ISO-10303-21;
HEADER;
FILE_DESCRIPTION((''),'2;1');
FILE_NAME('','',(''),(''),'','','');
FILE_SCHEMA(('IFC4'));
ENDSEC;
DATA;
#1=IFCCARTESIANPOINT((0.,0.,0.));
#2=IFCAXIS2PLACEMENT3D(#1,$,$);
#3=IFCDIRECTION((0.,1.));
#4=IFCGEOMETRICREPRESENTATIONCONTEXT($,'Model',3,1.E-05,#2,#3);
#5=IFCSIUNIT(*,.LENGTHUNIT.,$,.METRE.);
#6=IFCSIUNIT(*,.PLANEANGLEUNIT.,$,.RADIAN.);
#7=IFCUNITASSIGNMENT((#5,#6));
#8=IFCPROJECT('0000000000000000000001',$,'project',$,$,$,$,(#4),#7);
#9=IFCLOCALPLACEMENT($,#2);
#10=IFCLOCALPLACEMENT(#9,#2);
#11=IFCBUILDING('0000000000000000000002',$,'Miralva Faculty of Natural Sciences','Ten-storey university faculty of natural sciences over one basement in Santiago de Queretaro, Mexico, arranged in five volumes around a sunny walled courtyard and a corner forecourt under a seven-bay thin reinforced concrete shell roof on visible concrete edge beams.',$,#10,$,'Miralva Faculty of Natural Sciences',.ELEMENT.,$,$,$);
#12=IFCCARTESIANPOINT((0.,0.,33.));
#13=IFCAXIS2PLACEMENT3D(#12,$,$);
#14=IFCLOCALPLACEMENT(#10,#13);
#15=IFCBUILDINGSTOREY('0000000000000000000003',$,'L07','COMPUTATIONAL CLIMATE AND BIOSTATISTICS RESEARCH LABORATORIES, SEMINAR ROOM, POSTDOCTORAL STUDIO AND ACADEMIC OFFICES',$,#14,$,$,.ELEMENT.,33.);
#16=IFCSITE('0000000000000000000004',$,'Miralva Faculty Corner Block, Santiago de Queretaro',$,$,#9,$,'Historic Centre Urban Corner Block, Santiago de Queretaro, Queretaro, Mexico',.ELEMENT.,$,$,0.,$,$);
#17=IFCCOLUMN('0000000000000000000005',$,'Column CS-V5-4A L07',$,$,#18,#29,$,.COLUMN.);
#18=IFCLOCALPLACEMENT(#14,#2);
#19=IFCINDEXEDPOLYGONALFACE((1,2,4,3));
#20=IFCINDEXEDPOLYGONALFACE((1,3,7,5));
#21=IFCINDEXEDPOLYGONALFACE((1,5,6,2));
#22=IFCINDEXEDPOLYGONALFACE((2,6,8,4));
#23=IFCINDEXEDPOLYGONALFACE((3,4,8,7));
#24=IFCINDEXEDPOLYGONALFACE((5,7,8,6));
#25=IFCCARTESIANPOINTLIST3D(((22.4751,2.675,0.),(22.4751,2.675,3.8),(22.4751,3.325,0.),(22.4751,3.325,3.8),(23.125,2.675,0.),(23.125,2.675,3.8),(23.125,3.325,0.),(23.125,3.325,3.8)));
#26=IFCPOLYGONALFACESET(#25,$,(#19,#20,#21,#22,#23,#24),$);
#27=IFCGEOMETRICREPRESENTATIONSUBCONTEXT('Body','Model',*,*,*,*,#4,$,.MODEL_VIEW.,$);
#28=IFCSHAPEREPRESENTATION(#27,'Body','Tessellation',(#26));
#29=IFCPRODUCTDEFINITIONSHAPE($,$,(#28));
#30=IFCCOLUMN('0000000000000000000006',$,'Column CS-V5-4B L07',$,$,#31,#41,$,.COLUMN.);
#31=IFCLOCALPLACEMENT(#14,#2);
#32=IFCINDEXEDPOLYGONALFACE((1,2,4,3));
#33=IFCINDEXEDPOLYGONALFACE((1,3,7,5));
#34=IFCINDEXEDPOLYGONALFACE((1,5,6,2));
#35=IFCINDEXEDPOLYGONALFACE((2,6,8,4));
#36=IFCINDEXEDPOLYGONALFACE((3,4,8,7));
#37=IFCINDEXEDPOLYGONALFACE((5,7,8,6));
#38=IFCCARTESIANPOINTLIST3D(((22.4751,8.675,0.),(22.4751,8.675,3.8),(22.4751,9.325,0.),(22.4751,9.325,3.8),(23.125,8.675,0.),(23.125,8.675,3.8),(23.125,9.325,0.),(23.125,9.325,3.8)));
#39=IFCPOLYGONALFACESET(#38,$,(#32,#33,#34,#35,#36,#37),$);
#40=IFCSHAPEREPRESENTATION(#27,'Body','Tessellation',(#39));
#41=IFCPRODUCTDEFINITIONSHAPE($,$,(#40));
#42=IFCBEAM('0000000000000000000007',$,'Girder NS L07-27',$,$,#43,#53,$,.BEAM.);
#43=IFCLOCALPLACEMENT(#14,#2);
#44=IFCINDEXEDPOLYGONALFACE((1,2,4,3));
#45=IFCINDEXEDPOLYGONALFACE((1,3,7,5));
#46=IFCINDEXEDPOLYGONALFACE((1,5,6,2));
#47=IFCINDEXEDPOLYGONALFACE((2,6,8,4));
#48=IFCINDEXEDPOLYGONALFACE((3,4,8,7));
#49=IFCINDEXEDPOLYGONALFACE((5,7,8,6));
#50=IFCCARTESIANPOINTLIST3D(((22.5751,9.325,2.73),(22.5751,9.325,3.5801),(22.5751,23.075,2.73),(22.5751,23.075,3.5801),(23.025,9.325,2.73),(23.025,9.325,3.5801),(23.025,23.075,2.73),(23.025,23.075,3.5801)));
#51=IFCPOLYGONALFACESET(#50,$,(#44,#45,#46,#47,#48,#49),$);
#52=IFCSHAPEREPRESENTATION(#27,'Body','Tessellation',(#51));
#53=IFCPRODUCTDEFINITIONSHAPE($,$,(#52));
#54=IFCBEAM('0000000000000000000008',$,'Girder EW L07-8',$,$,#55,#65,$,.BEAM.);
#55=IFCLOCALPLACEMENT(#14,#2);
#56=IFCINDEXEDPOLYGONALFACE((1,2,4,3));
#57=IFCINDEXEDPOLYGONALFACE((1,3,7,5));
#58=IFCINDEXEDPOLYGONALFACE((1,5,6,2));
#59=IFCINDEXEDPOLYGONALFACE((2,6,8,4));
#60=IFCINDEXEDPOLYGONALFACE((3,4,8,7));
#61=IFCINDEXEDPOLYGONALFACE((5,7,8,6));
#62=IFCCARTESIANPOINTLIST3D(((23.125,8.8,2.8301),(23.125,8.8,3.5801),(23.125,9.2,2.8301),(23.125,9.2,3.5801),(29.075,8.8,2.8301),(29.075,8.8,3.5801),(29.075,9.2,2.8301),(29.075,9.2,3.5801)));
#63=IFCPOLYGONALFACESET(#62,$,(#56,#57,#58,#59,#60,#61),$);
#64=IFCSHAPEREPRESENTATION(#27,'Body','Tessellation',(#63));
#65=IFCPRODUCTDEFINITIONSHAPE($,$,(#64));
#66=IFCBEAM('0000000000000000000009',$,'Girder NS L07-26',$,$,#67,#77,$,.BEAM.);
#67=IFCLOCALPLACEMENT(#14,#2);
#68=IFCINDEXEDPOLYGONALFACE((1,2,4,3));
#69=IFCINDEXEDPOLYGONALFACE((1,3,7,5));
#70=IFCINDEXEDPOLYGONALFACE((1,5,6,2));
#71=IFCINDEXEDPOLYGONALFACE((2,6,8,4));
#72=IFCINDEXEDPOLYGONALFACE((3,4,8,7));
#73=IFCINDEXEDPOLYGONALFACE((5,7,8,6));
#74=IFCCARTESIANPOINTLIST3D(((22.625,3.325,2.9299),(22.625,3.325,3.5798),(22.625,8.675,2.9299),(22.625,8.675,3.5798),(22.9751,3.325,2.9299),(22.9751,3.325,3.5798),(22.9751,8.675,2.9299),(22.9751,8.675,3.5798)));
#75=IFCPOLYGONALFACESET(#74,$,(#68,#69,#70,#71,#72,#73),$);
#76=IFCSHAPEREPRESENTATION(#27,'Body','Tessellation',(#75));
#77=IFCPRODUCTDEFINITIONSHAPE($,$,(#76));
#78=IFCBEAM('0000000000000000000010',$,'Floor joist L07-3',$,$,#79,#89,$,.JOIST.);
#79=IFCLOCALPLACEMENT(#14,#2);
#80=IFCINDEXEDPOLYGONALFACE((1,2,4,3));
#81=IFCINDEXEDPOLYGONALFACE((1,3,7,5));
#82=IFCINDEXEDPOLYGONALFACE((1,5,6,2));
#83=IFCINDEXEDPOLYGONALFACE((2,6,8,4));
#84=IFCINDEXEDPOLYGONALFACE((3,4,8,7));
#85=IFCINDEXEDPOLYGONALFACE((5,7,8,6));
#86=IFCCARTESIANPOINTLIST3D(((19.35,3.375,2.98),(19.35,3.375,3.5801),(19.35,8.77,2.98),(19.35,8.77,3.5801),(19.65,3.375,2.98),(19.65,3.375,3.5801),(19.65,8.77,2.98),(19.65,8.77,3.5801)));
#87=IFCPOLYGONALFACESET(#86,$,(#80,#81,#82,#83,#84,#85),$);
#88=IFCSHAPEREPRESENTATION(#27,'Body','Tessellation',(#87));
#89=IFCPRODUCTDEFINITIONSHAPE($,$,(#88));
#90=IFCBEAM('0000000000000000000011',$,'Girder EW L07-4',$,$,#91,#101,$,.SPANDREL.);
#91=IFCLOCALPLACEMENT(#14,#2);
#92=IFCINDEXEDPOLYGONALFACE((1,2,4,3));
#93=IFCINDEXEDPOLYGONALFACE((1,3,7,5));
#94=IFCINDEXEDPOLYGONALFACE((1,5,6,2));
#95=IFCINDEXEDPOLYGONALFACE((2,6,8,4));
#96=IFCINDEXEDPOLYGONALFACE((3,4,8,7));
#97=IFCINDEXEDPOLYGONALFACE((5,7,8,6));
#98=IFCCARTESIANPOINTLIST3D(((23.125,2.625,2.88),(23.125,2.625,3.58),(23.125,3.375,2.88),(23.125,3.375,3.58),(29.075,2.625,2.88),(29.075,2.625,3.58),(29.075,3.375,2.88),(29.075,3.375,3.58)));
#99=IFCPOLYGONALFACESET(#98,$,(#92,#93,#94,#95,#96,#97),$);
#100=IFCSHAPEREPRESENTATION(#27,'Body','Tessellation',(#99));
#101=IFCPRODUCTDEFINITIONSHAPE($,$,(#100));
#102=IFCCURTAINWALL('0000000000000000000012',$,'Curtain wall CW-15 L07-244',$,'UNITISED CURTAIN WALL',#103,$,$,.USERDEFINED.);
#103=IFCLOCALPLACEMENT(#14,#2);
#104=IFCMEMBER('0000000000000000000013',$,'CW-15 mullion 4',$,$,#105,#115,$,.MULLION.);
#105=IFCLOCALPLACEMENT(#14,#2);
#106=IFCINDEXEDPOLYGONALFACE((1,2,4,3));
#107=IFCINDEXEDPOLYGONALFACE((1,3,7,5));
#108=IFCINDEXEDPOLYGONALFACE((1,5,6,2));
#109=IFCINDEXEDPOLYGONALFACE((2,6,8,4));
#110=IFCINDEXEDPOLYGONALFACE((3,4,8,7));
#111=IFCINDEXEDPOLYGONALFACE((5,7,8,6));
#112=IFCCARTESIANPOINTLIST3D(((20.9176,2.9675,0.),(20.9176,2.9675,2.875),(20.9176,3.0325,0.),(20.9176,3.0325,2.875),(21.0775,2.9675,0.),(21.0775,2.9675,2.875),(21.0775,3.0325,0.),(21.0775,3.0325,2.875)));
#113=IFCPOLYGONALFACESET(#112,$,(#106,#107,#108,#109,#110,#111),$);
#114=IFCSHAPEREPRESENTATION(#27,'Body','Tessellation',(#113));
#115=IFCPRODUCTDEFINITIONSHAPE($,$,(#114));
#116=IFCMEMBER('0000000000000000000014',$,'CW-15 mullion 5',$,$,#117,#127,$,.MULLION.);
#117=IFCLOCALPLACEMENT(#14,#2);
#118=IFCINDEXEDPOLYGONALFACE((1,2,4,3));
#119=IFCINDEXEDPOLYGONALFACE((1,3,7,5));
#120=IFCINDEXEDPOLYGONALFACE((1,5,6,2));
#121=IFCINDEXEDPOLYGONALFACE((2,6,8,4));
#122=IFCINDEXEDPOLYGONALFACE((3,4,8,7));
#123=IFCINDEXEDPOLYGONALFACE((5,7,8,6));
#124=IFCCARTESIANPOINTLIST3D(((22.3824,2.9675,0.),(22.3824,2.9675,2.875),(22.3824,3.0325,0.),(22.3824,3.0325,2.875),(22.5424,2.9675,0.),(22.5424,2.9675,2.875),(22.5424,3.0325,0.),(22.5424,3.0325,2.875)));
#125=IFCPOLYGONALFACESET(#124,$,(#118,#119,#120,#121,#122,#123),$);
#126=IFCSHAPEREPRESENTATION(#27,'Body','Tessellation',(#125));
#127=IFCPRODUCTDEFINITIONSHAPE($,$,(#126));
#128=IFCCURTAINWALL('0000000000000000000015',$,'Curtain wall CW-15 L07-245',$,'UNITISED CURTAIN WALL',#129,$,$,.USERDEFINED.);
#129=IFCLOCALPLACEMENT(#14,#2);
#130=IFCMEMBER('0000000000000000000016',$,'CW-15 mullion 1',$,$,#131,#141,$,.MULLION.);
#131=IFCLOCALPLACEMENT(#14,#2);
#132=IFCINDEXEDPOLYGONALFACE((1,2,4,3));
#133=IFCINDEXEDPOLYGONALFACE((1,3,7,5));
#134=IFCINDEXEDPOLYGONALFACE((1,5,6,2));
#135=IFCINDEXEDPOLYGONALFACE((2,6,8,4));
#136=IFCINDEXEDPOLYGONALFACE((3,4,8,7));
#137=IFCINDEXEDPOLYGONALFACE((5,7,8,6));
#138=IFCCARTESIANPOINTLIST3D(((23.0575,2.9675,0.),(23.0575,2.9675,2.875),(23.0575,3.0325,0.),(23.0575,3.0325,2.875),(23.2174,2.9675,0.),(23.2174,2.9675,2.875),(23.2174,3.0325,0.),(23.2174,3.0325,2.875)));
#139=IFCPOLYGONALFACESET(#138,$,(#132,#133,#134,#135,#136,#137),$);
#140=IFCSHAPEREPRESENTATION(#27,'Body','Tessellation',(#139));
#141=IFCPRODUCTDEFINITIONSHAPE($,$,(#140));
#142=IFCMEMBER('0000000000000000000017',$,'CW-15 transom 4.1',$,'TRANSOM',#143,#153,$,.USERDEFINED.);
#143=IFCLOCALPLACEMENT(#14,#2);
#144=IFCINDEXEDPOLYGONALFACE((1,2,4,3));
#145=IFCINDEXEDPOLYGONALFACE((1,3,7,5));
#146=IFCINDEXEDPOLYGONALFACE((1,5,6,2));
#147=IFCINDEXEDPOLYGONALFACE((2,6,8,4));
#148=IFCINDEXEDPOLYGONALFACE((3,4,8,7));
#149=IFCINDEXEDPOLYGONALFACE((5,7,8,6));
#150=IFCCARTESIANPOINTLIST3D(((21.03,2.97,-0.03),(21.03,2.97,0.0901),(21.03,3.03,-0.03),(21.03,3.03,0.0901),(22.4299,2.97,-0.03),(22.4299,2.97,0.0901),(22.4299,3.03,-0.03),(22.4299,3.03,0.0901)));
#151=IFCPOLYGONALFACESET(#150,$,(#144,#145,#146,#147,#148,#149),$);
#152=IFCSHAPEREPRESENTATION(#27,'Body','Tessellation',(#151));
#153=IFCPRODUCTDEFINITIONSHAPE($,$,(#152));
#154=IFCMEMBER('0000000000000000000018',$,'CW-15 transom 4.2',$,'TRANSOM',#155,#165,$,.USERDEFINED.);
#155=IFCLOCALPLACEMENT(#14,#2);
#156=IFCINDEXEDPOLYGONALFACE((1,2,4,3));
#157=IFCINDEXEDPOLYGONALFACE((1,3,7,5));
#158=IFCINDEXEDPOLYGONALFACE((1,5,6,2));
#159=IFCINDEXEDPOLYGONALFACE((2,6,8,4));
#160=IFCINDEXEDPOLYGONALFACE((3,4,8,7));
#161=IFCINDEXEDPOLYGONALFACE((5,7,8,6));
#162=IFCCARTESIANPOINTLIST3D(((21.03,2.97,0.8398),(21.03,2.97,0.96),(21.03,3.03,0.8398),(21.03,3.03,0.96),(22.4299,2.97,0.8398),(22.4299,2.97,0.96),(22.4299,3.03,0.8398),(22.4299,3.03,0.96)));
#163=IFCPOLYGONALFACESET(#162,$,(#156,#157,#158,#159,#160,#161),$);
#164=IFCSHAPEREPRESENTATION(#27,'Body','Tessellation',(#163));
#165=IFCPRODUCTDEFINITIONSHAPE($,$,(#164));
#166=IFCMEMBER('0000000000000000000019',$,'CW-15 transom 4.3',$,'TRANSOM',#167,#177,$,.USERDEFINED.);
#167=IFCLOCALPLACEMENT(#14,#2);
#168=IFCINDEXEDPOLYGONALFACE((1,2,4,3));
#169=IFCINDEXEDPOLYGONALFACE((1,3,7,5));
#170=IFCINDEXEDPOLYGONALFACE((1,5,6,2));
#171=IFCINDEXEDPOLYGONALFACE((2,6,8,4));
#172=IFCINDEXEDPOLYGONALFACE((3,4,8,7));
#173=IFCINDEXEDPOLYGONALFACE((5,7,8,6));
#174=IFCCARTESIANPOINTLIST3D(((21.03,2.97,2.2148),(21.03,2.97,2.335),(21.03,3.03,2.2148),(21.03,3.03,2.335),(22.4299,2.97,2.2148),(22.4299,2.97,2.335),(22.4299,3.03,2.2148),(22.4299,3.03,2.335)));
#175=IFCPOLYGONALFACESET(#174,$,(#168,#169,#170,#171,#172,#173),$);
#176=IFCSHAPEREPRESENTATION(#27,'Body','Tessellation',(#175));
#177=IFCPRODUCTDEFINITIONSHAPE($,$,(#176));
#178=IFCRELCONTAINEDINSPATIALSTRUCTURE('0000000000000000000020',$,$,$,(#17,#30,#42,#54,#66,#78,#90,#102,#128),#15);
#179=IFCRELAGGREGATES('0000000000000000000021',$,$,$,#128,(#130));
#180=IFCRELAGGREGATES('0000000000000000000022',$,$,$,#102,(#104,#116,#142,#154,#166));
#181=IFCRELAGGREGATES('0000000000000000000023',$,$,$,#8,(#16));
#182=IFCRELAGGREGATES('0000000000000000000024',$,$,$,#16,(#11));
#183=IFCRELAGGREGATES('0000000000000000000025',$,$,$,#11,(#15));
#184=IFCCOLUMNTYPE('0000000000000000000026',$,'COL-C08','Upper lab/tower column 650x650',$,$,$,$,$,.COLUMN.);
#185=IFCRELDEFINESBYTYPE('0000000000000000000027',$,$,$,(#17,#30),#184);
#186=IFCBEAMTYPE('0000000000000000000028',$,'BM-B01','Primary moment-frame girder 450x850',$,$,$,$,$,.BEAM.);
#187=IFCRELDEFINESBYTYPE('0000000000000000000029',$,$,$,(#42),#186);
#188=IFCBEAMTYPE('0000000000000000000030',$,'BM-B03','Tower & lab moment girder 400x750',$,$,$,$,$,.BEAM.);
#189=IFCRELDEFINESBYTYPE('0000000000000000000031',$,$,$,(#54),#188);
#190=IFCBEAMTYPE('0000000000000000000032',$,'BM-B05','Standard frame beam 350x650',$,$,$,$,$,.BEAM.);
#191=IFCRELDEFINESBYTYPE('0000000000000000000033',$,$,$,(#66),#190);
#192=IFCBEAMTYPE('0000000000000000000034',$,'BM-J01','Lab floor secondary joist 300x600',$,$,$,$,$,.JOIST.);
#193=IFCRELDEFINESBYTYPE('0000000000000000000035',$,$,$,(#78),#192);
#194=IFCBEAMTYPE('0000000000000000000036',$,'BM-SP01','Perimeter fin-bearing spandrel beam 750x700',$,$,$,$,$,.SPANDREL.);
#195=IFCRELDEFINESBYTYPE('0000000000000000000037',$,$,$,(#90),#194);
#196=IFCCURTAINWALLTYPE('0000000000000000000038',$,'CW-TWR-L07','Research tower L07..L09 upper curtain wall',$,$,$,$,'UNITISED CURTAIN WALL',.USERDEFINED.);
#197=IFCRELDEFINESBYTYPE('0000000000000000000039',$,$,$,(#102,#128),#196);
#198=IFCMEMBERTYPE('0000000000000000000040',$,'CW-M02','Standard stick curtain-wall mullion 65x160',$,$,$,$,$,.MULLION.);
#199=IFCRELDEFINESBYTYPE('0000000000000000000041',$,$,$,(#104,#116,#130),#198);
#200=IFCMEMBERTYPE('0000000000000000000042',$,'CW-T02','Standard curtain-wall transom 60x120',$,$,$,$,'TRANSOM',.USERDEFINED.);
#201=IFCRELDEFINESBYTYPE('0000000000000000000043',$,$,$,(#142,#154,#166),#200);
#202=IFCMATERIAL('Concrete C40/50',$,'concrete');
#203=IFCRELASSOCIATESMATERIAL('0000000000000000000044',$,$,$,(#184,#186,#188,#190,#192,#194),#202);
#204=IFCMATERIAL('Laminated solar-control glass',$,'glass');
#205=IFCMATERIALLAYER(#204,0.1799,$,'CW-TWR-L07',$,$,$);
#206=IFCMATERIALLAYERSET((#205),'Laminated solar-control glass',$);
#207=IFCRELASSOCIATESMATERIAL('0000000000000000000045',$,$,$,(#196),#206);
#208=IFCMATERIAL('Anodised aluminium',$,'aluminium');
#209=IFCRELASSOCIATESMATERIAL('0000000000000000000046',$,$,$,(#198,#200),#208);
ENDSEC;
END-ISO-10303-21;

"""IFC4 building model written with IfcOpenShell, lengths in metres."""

from ifc_helpers import new_model, si_unit, direction, frame, origin, origin_2d, place, context, subcontext, project, spatial, rectangle, extrude, material, layer, layer_set, material_profile, profile_set, type_object, element, aggregate, save


model = new_model("IFC4")

# Units and contexts
model_context = context("Model", 3, precision=1e-05, world=origin(), true_north=direction((0.0, 1.0)))
body_context = subcontext(model_context, "Body", "Model", "MODEL_VIEW")
ifc_project = project(units=[si_unit("LENGTHUNIT", "METRE"), si_unit("PLANEANGLEUNIT", "RADIAN")], contexts=[model_context])

# Site, building, storey
site_placement = place(None, origin())
site = spatial("IfcSite", under=ifc_project, at=site_placement, Name="Miralva Faculty Corner Block, Santiago de Queretaro", LongName="Historic Centre Urban Corner Block, Santiago de Queretaro, Queretaro, Mexico", CompositionType="ELEMENT", RefElevation=0.0)
building_placement = place(site_placement, origin())
building = spatial("IfcBuilding", under=site, at=building_placement, Name="Miralva Faculty of Natural Sciences", Description="Ten-storey university faculty of natural sciences over one basement in Santiago de Queretaro, Mexico, arranged in five volumes around a sunny walled courtyard and a corner forecourt under a seven-bay thin reinforced concrete shell roof on visible concrete edge beams.", LongName="Miralva Faculty of Natural Sciences", CompositionType="ELEMENT")
storey_placement = place(building_placement, frame((0.0, 0.0, 33.0)))
storey = spatial("IfcBuildingStorey", under=building, at=storey_placement, Name="L07", Description="COMPUTATIONAL CLIMATE AND BIOSTATISTICS RESEARCH LABORATORIES, SEMINAR ROOM, POSTDOCTORAL STUDIO AND ACADEMIC OFFICES", CompositionType="ELEMENT", Elevation=33.0)

# Columns
ifc_material_1 = material(Name="Concrete C40/50", Category="concrete")
ifc_material_profile_1 = material_profile(ifc_material_1, rectangle(XDim=0.6499, YDim=0.6499, at=origin_2d()), Name="RC 650x650")
ifc_profile_set_1 = profile_set([ifc_material_profile_1], Name="Concrete C40/50")
column_type = type_object("IfcColumnType", Name="COL-C08", Description="Upper lab/tower column 650x650", PredefinedType="COLUMN", material=ifc_profile_set_1)
for number, where, z_axis, x_axis, name in (
    (1, (22.8, 3.0, 0.0), (0.0, 0.0, 1.0), (1.0, 0.0, 0.0), "Column CS-V5-4A L07"),
    (2, (22.8, 9.0, 0.0), (0.0, 0.0, 1.0), (1.0, 0.0, 0.0), "Column CS-V5-4B L07"),
):
    element("IfcColumn", number, at=place(storey_placement, frame(where, z_axis=z_axis, x_axis=x_axis)), inside=storey, type_object=column_type, Name=name, PredefinedType="COLUMN", context=body_context, shape_type="SweptSolid", body=[
        extrude(rectangle(XDim=0.6499, YDim=0.6499, at=origin_2d()), origin(), (0.0, 0.0, 1.0), 3.8),
    ])

# Beams
ifc_material_profile_2 = material_profile(ifc_material_1, rectangle(XDim=0.45, YDim=0.8501, at=origin_2d()), Name="RC 450x850")
ifc_profile_set_2 = profile_set([ifc_material_profile_2], Name="Concrete C40/50")
beam_type_1 = type_object("IfcBeamType", Name="BM-B01", Description="Primary moment-frame girder 450x850", PredefinedType="BEAM", material=ifc_profile_set_2)
beam_1_placement = place(storey_placement, frame((22.8, 9.325, 3.155), z_axis=(0.0, 1.0, 0.0), x_axis=(-1.0, 0.0, 0.0)))
element("IfcBeam", 3, at=beam_1_placement, inside=storey, type_object=beam_type_1, Name="Girder NS L07-27", PredefinedType="BEAM", context=body_context, shape_type="SweptSolid", body=[
    extrude(rectangle(XDim=0.45, YDim=0.8501, at=origin_2d()), origin(), (0.0, 0.0, 1.0), 13.75),
])
ifc_material_profile_3 = material_profile(ifc_material_1, rectangle(XDim=0.3999, YDim=0.75, at=origin_2d()), Name="RC 400x750")
ifc_profile_set_3 = profile_set([ifc_material_profile_3], Name="Concrete C40/50")
beam_type_2 = type_object("IfcBeamType", Name="BM-B03", Description="Tower & lab moment girder 400x750", PredefinedType="BEAM", material=ifc_profile_set_3)
beam_2_placement = place(storey_placement, frame((23.125, 9.0, 3.2051), z_axis=(1.0, 0.0, 0.0), x_axis=(0.0, 1.0, 0.0)))
element("IfcBeam", 4, at=beam_2_placement, inside=storey, type_object=beam_type_2, Name="Girder EW L07-8", PredefinedType="BEAM", context=body_context, shape_type="SweptSolid", body=[
    extrude(rectangle(XDim=0.3999, YDim=0.75, at=origin_2d()), origin(), (0.0, 0.0, 1.0), 5.95),
])
ifc_material_profile_4 = material_profile(ifc_material_1, rectangle(XDim=0.3501, YDim=0.6499, at=origin_2d()), Name="RC 350x650")
ifc_profile_set_4 = profile_set([ifc_material_profile_4], Name="Concrete C40/50")
beam_type_3 = type_object("IfcBeamType", Name="BM-B05", Description="Standard frame beam 350x650", PredefinedType="BEAM", material=ifc_profile_set_4)
beam_3_placement = place(storey_placement, frame((22.8, 3.325, 3.2549), z_axis=(0.0, 1.0, 0.0), x_axis=(-1.0, 0.0, 0.0)))
element("IfcBeam", 5, at=beam_3_placement, inside=storey, type_object=beam_type_3, Name="Girder NS L07-26", PredefinedType="BEAM", context=body_context, shape_type="SweptSolid", body=[
    extrude(rectangle(XDim=0.3501, YDim=0.6499, at=origin_2d()), origin(), (0.0, 0.0, 1.0), 5.3501),
])
ifc_material_profile_5 = material_profile(ifc_material_1, rectangle(XDim=0.3, YDim=0.6001, at=origin_2d()), Name="RC 300x600")
ifc_profile_set_5 = profile_set([ifc_material_profile_5], Name="Concrete C40/50")
beam_type_4 = type_object("IfcBeamType", Name="BM-J01", Description="Lab floor secondary joist 300x600", PredefinedType="JOIST", material=ifc_profile_set_5)
beam_4_placement = place(storey_placement, frame((19.5, 3.375, 3.28), z_axis=(0.0, 1.0, 0.0), x_axis=(-1.0, 0.0, 0.0)))
element("IfcBeam", 6, at=beam_4_placement, inside=storey, type_object=beam_type_4, Name="Floor joist L07-3", PredefinedType="JOIST", context=body_context, shape_type="SweptSolid", body=[
    extrude(rectangle(XDim=0.3, YDim=0.6001, at=origin_2d()), origin(), (0.0, 0.0, 1.0), 5.395),
])
ifc_material_profile_6 = material_profile(ifc_material_1, rectangle(XDim=0.75, YDim=0.7, at=origin_2d()), Name="RC 750x700")
ifc_profile_set_6 = profile_set([ifc_material_profile_6], Name="Concrete C40/50")
beam_type_5 = type_object("IfcBeamType", Name="BM-SP01", Description="Perimeter fin-bearing spandrel beam 750x700", PredefinedType="SPANDREL", material=ifc_profile_set_6)
beam_5_placement = place(storey_placement, frame((23.125, 3.0, 3.23), z_axis=(1.0, 0.0, 0.0), x_axis=(0.0, 1.0, 0.0)))
element("IfcBeam", 7, at=beam_5_placement, inside=storey, type_object=beam_type_5, Name="Girder EW L07-4", PredefinedType="SPANDREL", context=body_context, shape_type="SweptSolid", body=[
    extrude(rectangle(XDim=0.75, YDim=0.7, at=origin_2d()), origin(), (0.0, 0.0, 1.0), 5.95),
])

# Curtain wall, members
ifc_material_2 = material(Name="Laminated solar-control glass", Category="glass")
ifc_layer_1 = layer(ifc_material_2, 0.1799, Name="CW-TWR-L07")
ifc_layer_set_1 = layer_set([ifc_layer_1], Name="Laminated solar-control glass")
curtain_wall_type = type_object("IfcCurtainWallType", Name="CW-TWR-L07", Description="Research tower L07..L09 upper curtain wall", ElementType="UNITISED CURTAIN WALL", PredefinedType="USERDEFINED", material=ifc_layer_set_1)
curtain_wall_1_placement = place(storey_placement, origin())
curtain_wall_1 = element("IfcCurtainWall", 8, at=curtain_wall_1_placement, inside=storey, type_object=curtain_wall_type, Name="Curtain wall CW-15 L07-244", ObjectType="UNITISED CURTAIN WALL", PredefinedType="USERDEFINED")
ifc_material_3 = material(Name="Anodised aluminium", Category="aluminium")
ifc_material_profile_7 = material_profile(ifc_material_3, rectangle(XDim=0.0649, YDim=0.1599, at=origin_2d()), Name="MULLION 65x160")
ifc_profile_set_7 = profile_set([ifc_material_profile_7], Name="Anodised aluminium")
member_type_1 = type_object("IfcMemberType", Name="CW-M02", Description="Standard stick curtain-wall mullion 65x160", PredefinedType="MULLION", material=ifc_profile_set_7)
member_1_placement = place(storey_placement, frame((20.9976, 3.0, 0.0), z_axis=(0.0, 0.0, 1.0), x_axis=(0.0, 1.0, 0.0)))
member_1 = element("IfcMember", 9, at=member_1_placement, type_object=member_type_1, Name="CW-15 mullion 4", PredefinedType="MULLION", context=body_context, shape_type="SweptSolid", body=[
    extrude(rectangle(XDim=0.0649, YDim=0.1599, at=origin_2d()), origin(), (0.0, 0.0, 1.0), 2.875),
])
member_2_placement = place(storey_placement, frame((22.4624, 3.0, 0.0), z_axis=(0.0, 0.0, 1.0), x_axis=(0.0, 1.0, 0.0)))
member_2 = element("IfcMember", 10, at=member_2_placement, type_object=member_type_1, Name="CW-15 mullion 5", PredefinedType="MULLION", context=body_context, shape_type="SweptSolid", body=[
    extrude(rectangle(XDim=0.0649, YDim=0.1599, at=origin_2d()), origin(), (0.0, 0.0, 1.0), 2.875),
])

# Curtain wall, member
curtain_wall_2_placement = place(storey_placement, origin())
curtain_wall_2 = element("IfcCurtainWall", 11, at=curtain_wall_2_placement, inside=storey, type_object=curtain_wall_type, Name="Curtain wall CW-15 L07-245", ObjectType="UNITISED CURTAIN WALL", PredefinedType="USERDEFINED")
member_3_placement = place(storey_placement, frame((23.1375, 3.0, 0.0), z_axis=(0.0, 0.0, 1.0), x_axis=(0.0, 1.0, 0.0)))
member_3 = element("IfcMember", 12, at=member_3_placement, type_object=member_type_1, Name="CW-15 mullion 1", PredefinedType="MULLION", context=body_context, shape_type="SweptSolid", body=[
    extrude(rectangle(XDim=0.0649, YDim=0.1599, at=origin_2d()), origin(), (0.0, 0.0, 1.0), 2.875),
])

# Members
ifc_material_profile_8 = material_profile(ifc_material_3, rectangle(XDim=0.0601, YDim=0.1201, at=origin_2d()), Name="TRANSOM 60x120")
ifc_profile_set_8 = profile_set([ifc_material_profile_8], Name="Anodised aluminium")
member_type_2 = type_object("IfcMemberType", Name="CW-T02", Description="Standard curtain-wall transom 60x120", ElementType="TRANSOM", PredefinedType="USERDEFINED", material=ifc_profile_set_8)
member_4_placement = place(storey_placement, frame((21.03, 3.0, 0.03), z_axis=(1.0, 0.0, 0.0), x_axis=(0.0, 1.0, 0.0)))
member_4 = element("IfcMember", 13, at=member_4_placement, type_object=member_type_2, Name="CW-15 transom 4.1", ObjectType="TRANSOM", PredefinedType="USERDEFINED", context=body_context, shape_type="SweptSolid", body=[
    extrude(rectangle(XDim=0.0601, YDim=0.1201, at=origin_2d()), origin(), (0.0, 0.0, 1.0), 1.3999),
])
member_5_placement = place(storey_placement, frame((21.03, 3.0, 0.8999), z_axis=(1.0, 0.0, 0.0), x_axis=(0.0, 1.0, 0.0)))
member_5 = element("IfcMember", 14, at=member_5_placement, type_object=member_type_2, Name="CW-15 transom 4.2", ObjectType="TRANSOM", PredefinedType="USERDEFINED", context=body_context, shape_type="SweptSolid", body=[
    extrude(rectangle(XDim=0.0601, YDim=0.1201, at=origin_2d()), origin(), (0.0, 0.0, 1.0), 1.3999),
])
member_6_placement = place(storey_placement, frame((21.03, 3.0, 2.2749), z_axis=(1.0, 0.0, 0.0), x_axis=(0.0, 1.0, 0.0)))
member_6 = element("IfcMember", 15, at=member_6_placement, type_object=member_type_2, Name="CW-15 transom 4.3", ObjectType="TRANSOM", PredefinedType="USERDEFINED", context=body_context, shape_type="SweptSolid", body=[
    extrude(rectangle(XDim=0.0601, YDim=0.1201, at=origin_2d()), origin(), (0.0, 0.0, 1.0), 1.3999),
])
aggregate(curtain_wall_2, [member_3])

aggregate(curtain_wall_1, [member_1, member_2, member_4, member_5, member_6])

save(model, "model.ifc")
